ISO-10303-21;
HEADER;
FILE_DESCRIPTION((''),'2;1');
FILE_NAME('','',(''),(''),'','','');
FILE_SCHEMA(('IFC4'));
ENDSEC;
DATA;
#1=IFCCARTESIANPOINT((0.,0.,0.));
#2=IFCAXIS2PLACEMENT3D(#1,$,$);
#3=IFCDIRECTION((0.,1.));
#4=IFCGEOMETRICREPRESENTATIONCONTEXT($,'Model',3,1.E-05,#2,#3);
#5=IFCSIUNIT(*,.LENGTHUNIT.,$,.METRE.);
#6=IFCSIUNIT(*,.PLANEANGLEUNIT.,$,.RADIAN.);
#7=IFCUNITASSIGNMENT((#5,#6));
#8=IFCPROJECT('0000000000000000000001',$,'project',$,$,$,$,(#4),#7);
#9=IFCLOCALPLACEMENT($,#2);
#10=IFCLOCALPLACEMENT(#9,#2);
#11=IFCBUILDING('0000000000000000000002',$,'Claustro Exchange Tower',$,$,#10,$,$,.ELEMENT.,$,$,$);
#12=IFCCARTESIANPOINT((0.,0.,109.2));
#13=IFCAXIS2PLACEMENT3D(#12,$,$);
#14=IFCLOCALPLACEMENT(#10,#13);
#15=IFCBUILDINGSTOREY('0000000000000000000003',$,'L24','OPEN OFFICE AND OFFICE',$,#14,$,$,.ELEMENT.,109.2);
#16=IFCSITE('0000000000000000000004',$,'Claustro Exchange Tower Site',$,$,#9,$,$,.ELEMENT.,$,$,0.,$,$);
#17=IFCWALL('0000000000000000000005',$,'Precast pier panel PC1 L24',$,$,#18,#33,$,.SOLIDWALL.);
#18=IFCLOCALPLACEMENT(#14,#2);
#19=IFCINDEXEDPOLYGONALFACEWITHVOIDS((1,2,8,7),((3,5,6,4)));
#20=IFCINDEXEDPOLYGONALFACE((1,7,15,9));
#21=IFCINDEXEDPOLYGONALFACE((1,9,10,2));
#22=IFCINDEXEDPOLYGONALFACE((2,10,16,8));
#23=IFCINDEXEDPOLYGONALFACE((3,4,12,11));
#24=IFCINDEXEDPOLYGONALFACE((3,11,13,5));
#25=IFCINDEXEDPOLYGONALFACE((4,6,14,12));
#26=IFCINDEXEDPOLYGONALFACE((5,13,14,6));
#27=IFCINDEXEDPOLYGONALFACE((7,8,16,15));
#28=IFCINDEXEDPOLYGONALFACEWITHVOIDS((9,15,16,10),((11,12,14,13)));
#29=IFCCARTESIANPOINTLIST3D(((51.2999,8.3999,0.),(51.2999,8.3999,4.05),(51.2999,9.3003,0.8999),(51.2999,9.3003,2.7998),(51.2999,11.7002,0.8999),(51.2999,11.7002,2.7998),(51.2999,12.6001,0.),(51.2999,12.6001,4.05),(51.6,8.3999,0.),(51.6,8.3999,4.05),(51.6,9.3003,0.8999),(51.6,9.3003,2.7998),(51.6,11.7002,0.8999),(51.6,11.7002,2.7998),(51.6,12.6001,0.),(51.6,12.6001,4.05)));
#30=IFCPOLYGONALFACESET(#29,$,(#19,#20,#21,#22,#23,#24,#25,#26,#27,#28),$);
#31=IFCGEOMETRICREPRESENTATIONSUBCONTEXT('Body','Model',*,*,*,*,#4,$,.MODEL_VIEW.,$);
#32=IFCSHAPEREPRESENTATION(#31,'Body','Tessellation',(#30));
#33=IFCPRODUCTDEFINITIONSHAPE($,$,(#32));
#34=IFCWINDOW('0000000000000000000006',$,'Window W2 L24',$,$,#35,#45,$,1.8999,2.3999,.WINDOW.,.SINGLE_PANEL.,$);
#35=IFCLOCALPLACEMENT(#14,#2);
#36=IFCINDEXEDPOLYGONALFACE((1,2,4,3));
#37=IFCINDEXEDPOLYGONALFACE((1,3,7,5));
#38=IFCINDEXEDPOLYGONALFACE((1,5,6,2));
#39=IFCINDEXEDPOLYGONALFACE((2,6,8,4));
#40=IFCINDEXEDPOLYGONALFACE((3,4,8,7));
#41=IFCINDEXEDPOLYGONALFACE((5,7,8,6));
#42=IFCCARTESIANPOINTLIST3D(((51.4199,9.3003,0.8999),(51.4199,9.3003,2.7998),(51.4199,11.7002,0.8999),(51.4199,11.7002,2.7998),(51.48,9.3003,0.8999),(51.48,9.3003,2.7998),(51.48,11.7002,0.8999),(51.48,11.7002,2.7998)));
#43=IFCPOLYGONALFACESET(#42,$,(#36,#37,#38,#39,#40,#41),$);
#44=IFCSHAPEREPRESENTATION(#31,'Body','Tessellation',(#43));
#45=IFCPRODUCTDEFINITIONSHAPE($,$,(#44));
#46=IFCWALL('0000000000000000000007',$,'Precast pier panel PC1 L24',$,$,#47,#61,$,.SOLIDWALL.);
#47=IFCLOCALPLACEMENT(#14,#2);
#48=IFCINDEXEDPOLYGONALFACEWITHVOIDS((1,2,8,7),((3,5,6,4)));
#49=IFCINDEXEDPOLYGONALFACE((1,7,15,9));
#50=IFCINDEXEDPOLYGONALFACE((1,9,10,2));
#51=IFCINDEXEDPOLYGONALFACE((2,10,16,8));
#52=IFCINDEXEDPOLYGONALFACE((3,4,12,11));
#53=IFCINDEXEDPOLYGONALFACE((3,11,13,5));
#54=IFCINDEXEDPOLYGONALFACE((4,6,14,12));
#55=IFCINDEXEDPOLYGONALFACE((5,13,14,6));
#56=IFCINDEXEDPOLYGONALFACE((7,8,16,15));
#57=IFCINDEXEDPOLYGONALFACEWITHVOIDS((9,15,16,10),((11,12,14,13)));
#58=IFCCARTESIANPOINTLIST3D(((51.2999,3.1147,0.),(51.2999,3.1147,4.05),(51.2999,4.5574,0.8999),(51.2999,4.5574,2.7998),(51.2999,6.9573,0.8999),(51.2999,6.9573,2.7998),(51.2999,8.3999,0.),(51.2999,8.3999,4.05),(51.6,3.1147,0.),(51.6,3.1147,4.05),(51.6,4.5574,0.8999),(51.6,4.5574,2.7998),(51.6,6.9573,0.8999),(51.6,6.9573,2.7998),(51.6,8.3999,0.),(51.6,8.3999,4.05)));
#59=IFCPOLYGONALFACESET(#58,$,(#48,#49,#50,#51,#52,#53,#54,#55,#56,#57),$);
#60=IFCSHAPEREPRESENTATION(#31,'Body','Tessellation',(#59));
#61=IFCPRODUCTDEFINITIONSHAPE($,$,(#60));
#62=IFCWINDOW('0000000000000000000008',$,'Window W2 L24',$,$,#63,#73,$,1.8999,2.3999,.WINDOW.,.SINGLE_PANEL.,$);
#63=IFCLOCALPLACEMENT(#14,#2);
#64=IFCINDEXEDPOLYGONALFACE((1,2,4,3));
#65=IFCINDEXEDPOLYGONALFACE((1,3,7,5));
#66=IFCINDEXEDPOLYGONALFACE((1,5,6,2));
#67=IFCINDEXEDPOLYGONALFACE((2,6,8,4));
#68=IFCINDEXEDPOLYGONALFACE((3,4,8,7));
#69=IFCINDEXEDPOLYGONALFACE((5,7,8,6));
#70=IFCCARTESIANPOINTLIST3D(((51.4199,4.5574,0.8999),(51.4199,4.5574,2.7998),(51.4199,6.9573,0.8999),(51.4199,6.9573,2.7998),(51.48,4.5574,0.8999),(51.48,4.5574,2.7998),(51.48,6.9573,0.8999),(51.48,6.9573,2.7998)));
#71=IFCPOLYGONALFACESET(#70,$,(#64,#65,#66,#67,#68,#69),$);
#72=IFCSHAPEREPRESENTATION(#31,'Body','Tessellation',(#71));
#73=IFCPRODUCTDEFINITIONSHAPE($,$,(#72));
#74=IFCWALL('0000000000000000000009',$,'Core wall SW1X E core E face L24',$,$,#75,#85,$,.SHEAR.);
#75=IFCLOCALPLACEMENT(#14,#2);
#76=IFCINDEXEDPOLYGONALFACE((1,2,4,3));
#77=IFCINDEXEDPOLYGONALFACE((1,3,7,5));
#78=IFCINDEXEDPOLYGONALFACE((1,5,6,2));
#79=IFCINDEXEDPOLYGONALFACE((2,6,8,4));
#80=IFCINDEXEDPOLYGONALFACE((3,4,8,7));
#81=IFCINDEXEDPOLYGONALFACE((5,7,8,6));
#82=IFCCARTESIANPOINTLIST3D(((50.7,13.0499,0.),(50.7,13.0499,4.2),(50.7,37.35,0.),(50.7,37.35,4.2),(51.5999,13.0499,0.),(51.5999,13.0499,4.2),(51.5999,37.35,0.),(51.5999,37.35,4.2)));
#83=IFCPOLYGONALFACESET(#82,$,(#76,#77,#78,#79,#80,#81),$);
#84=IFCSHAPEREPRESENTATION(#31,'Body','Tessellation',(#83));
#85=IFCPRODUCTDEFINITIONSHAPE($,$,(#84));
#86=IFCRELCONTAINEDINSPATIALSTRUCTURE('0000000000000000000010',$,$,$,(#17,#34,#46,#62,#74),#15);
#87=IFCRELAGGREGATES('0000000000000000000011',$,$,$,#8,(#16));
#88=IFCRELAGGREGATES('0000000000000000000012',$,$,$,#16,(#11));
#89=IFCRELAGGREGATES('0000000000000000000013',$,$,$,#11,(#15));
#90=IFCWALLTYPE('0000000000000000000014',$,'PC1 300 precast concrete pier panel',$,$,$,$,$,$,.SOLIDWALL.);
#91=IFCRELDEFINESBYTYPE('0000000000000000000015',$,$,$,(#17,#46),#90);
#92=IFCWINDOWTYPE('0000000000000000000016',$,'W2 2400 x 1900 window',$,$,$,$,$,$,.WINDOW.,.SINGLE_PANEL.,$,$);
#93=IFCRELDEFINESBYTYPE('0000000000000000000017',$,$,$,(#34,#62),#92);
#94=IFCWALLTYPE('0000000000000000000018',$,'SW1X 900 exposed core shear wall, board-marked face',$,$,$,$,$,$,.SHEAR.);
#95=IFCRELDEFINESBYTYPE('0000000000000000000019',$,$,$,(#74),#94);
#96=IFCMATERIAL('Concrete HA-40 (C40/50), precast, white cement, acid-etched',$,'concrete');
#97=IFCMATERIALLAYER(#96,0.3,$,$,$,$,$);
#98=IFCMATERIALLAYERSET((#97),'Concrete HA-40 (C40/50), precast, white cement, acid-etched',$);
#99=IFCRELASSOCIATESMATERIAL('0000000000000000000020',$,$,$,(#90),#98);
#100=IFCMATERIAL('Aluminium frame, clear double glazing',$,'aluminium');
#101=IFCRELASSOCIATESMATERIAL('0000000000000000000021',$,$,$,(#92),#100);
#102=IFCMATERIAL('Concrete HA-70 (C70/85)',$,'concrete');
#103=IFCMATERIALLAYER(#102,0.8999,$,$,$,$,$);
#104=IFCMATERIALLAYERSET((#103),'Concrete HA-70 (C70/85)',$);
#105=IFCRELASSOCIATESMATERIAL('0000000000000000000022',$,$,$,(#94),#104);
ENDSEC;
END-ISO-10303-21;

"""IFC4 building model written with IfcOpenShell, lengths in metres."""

from ifc_helpers import new_model, si_unit, direction, frame, frame_2d, origin, place, context, subcontext, project, spatial, rectangle, extrude, material, layer, layer_set, type_object, element, fill, save


model = new_model("IFC4")

# Units and contexts
model_context = context("Model", 3, precision=1e-05, world=origin(), true_north=direction((0.0, 1.0)))
body_context = subcontext(model_context, "Body", "Model", "MODEL_VIEW")
ifc_project = project(units=[si_unit("LENGTHUNIT", "METRE"), si_unit("PLANEANGLEUNIT", "RADIAN")], contexts=[model_context])

# Site, building, storey
site_placement = place(None, origin())
site = spatial("IfcSite", under=ifc_project, at=site_placement, Name="Claustro Exchange Tower Site", CompositionType="ELEMENT", RefElevation=0.0)
building_placement = place(site_placement, origin())
building = spatial("IfcBuilding", under=site, at=building_placement, Name="Claustro Exchange Tower", CompositionType="ELEMENT")
storey_placement = place(building_placement, frame((0.0, 0.0, 109.2)))
storey = spatial("IfcBuildingStorey", under=building, at=storey_placement, Name="L24", Description="OPEN OFFICE AND OFFICE", CompositionType="ELEMENT", Elevation=109.2)

# Walls, openings, windows
ifc_material_1 = material(Name="Concrete HA-40 (C40/50), precast, white cement, acid-etched", Category="concrete")
ifc_layer_1 = layer(ifc_material_1, 0.3)
ifc_layer_set_1 = layer_set([ifc_layer_1], Name="Concrete HA-40 (C40/50), precast, white cement, acid-etched")
wall_type_1 = type_object("IfcWallType", Name="PC1 300 precast concrete pier panel", PredefinedType="SOLIDWALL", material=ifc_layer_set_1)
wall_1_placement = place(storey_placement, frame((51.45, 12.6001, 0.0), z_axis=(0.0, 0.0, 1.0), x_axis=(0.0, -1.0, 0.0)))
wall_1 = element("IfcWall", 1, at=wall_1_placement, inside=storey, type_object=wall_type_1, Name="Precast pier panel PC1 L24", PredefinedType="SOLIDWALL", context=body_context, shape_type="SweptSolid", body=[
    extrude(rectangle(XDim=4.2002, YDim=0.3, at=frame_2d((2.1001, 0.0))), origin(), (0.0, 0.0, 1.0), 4.05),
])
opening_1_placement = place(wall_1_placement, frame((0.8999, 0.0, 0.8999)))
opening_1 = element("IfcOpeningElement", 2, at=opening_1_placement, cuts=wall_1, PredefinedType="OPENING", context=body_context, shape_type="SweptSolid", body=[
    extrude(rectangle(XDim=2.3999, YDim=1.8999, at=frame_2d((1.2, 0.95))), frame((0.0, 0.1599, 0.0), z_axis=(0.0, -1.0, 0.0), x_axis=(1.0, 0.0, 0.0)), (0.0, 0.0, 1.0), 0.3201),
])
ifc_material_2 = material(Name="Aluminium frame, clear double glazing", Category="aluminium")
window_type = type_object("IfcWindowType", Name="W2 2400 x 1900 window", PartitioningType="SINGLE_PANEL", PredefinedType="WINDOW", material=ifc_material_2)
window_1_placement = place(opening_1_placement, origin())
window_1 = element("IfcWindow", 3, at=window_1_placement, inside=storey, type_object=window_type, Name="Window W2 L24", OverallHeight=1.8999, OverallWidth=2.3999, PartitioningType="SINGLE_PANEL", PredefinedType="WINDOW", context=body_context, shape_type="SweptSolid", body=[
    extrude(rectangle(XDim=2.3999, YDim=1.8999, at=frame_2d((1.2, 0.95))), frame((0.0, 0.03, 0.0), z_axis=(0.0, -1.0, 0.0), x_axis=(1.0, 0.0, 0.0)), (0.0, 0.0, 1.0), 0.0601),
])
fill(opening_1, window_1)
wall_2_placement = place(storey_placement, frame((51.45, 8.3999, 0.0), z_axis=(0.0, 0.0, 1.0), x_axis=(0.0, -1.0, 0.0)))
wall_2 = element("IfcWall", 4, at=wall_2_placement, inside=storey, type_object=wall_type_1, Name="Precast pier panel PC1 L24", PredefinedType="SOLIDWALL", context=body_context, shape_type="SweptSolid", body=[
    extrude(rectangle(XDim=5.2852, YDim=0.3, at=frame_2d((2.6426, 0.0))), origin(), (0.0, 0.0, 1.0), 4.05),
])
opening_2_placement = place(wall_2_placement, frame((1.4426, 0.0, 0.8999)))
opening_2 = element("IfcOpeningElement", 5, at=opening_2_placement, cuts=wall_2, PredefinedType="OPENING", context=body_context, shape_type="SweptSolid", body=[
    extrude(rectangle(XDim=2.3999, YDim=1.8999, at=frame_2d((1.2, 0.95))), frame((0.0, 0.1599, 0.0), z_axis=(0.0, -1.0, 0.0), x_axis=(1.0, 0.0, 0.0)), (0.0, 0.0, 1.0), 0.3201),
])
window_2_placement = place(opening_2_placement, origin())
window_2 = element("IfcWindow", 6, at=window_2_placement, inside=storey, type_object=window_type, Name="Window W2 L24", OverallHeight=1.8999, OverallWidth=2.3999, PartitioningType="SINGLE_PANEL", PredefinedType="WINDOW", context=body_context, shape_type="SweptSolid", body=[
    extrude(rectangle(XDim=2.3999, YDim=1.8999, at=frame_2d((1.2, 0.95))), frame((0.0, 0.03, 0.0), z_axis=(0.0, -1.0, 0.0), x_axis=(1.0, 0.0, 0.0)), (0.0, 0.0, 1.0), 0.0601),
])
fill(opening_2, window_2)

# Wall
ifc_material_3 = material(Name="Concrete HA-70 (C70/85)", Category="concrete")
ifc_layer_2 = layer(ifc_material_3, 0.8999)
ifc_layer_set_2 = layer_set([ifc_layer_2], Name="Concrete HA-70 (C70/85)")
wall_type_2 = type_object("IfcWallType", Name="SW1X 900 exposed core shear wall, board-marked face", PredefinedType="SHEAR", material=ifc_layer_set_2)
wall_3_placement = place(storey_placement, frame((51.1499, 13.05, 0.0), z_axis=(0.0, 0.0, 1.0), x_axis=(0.0, 1.0, 0.0)))
element("IfcWall", 7, at=wall_3_placement, inside=storey, type_object=wall_type_2, Name="Core wall SW1X E core E face L24", PredefinedType="SHEAR", context=body_context, shape_type="SweptSolid", body=[
    extrude(rectangle(XDim=24.3, YDim=0.8999, at=frame_2d((12.1499, 0.0))), origin(), (0.0, 0.0, 1.0), 4.2),
])

save(model, "model.ifc")
